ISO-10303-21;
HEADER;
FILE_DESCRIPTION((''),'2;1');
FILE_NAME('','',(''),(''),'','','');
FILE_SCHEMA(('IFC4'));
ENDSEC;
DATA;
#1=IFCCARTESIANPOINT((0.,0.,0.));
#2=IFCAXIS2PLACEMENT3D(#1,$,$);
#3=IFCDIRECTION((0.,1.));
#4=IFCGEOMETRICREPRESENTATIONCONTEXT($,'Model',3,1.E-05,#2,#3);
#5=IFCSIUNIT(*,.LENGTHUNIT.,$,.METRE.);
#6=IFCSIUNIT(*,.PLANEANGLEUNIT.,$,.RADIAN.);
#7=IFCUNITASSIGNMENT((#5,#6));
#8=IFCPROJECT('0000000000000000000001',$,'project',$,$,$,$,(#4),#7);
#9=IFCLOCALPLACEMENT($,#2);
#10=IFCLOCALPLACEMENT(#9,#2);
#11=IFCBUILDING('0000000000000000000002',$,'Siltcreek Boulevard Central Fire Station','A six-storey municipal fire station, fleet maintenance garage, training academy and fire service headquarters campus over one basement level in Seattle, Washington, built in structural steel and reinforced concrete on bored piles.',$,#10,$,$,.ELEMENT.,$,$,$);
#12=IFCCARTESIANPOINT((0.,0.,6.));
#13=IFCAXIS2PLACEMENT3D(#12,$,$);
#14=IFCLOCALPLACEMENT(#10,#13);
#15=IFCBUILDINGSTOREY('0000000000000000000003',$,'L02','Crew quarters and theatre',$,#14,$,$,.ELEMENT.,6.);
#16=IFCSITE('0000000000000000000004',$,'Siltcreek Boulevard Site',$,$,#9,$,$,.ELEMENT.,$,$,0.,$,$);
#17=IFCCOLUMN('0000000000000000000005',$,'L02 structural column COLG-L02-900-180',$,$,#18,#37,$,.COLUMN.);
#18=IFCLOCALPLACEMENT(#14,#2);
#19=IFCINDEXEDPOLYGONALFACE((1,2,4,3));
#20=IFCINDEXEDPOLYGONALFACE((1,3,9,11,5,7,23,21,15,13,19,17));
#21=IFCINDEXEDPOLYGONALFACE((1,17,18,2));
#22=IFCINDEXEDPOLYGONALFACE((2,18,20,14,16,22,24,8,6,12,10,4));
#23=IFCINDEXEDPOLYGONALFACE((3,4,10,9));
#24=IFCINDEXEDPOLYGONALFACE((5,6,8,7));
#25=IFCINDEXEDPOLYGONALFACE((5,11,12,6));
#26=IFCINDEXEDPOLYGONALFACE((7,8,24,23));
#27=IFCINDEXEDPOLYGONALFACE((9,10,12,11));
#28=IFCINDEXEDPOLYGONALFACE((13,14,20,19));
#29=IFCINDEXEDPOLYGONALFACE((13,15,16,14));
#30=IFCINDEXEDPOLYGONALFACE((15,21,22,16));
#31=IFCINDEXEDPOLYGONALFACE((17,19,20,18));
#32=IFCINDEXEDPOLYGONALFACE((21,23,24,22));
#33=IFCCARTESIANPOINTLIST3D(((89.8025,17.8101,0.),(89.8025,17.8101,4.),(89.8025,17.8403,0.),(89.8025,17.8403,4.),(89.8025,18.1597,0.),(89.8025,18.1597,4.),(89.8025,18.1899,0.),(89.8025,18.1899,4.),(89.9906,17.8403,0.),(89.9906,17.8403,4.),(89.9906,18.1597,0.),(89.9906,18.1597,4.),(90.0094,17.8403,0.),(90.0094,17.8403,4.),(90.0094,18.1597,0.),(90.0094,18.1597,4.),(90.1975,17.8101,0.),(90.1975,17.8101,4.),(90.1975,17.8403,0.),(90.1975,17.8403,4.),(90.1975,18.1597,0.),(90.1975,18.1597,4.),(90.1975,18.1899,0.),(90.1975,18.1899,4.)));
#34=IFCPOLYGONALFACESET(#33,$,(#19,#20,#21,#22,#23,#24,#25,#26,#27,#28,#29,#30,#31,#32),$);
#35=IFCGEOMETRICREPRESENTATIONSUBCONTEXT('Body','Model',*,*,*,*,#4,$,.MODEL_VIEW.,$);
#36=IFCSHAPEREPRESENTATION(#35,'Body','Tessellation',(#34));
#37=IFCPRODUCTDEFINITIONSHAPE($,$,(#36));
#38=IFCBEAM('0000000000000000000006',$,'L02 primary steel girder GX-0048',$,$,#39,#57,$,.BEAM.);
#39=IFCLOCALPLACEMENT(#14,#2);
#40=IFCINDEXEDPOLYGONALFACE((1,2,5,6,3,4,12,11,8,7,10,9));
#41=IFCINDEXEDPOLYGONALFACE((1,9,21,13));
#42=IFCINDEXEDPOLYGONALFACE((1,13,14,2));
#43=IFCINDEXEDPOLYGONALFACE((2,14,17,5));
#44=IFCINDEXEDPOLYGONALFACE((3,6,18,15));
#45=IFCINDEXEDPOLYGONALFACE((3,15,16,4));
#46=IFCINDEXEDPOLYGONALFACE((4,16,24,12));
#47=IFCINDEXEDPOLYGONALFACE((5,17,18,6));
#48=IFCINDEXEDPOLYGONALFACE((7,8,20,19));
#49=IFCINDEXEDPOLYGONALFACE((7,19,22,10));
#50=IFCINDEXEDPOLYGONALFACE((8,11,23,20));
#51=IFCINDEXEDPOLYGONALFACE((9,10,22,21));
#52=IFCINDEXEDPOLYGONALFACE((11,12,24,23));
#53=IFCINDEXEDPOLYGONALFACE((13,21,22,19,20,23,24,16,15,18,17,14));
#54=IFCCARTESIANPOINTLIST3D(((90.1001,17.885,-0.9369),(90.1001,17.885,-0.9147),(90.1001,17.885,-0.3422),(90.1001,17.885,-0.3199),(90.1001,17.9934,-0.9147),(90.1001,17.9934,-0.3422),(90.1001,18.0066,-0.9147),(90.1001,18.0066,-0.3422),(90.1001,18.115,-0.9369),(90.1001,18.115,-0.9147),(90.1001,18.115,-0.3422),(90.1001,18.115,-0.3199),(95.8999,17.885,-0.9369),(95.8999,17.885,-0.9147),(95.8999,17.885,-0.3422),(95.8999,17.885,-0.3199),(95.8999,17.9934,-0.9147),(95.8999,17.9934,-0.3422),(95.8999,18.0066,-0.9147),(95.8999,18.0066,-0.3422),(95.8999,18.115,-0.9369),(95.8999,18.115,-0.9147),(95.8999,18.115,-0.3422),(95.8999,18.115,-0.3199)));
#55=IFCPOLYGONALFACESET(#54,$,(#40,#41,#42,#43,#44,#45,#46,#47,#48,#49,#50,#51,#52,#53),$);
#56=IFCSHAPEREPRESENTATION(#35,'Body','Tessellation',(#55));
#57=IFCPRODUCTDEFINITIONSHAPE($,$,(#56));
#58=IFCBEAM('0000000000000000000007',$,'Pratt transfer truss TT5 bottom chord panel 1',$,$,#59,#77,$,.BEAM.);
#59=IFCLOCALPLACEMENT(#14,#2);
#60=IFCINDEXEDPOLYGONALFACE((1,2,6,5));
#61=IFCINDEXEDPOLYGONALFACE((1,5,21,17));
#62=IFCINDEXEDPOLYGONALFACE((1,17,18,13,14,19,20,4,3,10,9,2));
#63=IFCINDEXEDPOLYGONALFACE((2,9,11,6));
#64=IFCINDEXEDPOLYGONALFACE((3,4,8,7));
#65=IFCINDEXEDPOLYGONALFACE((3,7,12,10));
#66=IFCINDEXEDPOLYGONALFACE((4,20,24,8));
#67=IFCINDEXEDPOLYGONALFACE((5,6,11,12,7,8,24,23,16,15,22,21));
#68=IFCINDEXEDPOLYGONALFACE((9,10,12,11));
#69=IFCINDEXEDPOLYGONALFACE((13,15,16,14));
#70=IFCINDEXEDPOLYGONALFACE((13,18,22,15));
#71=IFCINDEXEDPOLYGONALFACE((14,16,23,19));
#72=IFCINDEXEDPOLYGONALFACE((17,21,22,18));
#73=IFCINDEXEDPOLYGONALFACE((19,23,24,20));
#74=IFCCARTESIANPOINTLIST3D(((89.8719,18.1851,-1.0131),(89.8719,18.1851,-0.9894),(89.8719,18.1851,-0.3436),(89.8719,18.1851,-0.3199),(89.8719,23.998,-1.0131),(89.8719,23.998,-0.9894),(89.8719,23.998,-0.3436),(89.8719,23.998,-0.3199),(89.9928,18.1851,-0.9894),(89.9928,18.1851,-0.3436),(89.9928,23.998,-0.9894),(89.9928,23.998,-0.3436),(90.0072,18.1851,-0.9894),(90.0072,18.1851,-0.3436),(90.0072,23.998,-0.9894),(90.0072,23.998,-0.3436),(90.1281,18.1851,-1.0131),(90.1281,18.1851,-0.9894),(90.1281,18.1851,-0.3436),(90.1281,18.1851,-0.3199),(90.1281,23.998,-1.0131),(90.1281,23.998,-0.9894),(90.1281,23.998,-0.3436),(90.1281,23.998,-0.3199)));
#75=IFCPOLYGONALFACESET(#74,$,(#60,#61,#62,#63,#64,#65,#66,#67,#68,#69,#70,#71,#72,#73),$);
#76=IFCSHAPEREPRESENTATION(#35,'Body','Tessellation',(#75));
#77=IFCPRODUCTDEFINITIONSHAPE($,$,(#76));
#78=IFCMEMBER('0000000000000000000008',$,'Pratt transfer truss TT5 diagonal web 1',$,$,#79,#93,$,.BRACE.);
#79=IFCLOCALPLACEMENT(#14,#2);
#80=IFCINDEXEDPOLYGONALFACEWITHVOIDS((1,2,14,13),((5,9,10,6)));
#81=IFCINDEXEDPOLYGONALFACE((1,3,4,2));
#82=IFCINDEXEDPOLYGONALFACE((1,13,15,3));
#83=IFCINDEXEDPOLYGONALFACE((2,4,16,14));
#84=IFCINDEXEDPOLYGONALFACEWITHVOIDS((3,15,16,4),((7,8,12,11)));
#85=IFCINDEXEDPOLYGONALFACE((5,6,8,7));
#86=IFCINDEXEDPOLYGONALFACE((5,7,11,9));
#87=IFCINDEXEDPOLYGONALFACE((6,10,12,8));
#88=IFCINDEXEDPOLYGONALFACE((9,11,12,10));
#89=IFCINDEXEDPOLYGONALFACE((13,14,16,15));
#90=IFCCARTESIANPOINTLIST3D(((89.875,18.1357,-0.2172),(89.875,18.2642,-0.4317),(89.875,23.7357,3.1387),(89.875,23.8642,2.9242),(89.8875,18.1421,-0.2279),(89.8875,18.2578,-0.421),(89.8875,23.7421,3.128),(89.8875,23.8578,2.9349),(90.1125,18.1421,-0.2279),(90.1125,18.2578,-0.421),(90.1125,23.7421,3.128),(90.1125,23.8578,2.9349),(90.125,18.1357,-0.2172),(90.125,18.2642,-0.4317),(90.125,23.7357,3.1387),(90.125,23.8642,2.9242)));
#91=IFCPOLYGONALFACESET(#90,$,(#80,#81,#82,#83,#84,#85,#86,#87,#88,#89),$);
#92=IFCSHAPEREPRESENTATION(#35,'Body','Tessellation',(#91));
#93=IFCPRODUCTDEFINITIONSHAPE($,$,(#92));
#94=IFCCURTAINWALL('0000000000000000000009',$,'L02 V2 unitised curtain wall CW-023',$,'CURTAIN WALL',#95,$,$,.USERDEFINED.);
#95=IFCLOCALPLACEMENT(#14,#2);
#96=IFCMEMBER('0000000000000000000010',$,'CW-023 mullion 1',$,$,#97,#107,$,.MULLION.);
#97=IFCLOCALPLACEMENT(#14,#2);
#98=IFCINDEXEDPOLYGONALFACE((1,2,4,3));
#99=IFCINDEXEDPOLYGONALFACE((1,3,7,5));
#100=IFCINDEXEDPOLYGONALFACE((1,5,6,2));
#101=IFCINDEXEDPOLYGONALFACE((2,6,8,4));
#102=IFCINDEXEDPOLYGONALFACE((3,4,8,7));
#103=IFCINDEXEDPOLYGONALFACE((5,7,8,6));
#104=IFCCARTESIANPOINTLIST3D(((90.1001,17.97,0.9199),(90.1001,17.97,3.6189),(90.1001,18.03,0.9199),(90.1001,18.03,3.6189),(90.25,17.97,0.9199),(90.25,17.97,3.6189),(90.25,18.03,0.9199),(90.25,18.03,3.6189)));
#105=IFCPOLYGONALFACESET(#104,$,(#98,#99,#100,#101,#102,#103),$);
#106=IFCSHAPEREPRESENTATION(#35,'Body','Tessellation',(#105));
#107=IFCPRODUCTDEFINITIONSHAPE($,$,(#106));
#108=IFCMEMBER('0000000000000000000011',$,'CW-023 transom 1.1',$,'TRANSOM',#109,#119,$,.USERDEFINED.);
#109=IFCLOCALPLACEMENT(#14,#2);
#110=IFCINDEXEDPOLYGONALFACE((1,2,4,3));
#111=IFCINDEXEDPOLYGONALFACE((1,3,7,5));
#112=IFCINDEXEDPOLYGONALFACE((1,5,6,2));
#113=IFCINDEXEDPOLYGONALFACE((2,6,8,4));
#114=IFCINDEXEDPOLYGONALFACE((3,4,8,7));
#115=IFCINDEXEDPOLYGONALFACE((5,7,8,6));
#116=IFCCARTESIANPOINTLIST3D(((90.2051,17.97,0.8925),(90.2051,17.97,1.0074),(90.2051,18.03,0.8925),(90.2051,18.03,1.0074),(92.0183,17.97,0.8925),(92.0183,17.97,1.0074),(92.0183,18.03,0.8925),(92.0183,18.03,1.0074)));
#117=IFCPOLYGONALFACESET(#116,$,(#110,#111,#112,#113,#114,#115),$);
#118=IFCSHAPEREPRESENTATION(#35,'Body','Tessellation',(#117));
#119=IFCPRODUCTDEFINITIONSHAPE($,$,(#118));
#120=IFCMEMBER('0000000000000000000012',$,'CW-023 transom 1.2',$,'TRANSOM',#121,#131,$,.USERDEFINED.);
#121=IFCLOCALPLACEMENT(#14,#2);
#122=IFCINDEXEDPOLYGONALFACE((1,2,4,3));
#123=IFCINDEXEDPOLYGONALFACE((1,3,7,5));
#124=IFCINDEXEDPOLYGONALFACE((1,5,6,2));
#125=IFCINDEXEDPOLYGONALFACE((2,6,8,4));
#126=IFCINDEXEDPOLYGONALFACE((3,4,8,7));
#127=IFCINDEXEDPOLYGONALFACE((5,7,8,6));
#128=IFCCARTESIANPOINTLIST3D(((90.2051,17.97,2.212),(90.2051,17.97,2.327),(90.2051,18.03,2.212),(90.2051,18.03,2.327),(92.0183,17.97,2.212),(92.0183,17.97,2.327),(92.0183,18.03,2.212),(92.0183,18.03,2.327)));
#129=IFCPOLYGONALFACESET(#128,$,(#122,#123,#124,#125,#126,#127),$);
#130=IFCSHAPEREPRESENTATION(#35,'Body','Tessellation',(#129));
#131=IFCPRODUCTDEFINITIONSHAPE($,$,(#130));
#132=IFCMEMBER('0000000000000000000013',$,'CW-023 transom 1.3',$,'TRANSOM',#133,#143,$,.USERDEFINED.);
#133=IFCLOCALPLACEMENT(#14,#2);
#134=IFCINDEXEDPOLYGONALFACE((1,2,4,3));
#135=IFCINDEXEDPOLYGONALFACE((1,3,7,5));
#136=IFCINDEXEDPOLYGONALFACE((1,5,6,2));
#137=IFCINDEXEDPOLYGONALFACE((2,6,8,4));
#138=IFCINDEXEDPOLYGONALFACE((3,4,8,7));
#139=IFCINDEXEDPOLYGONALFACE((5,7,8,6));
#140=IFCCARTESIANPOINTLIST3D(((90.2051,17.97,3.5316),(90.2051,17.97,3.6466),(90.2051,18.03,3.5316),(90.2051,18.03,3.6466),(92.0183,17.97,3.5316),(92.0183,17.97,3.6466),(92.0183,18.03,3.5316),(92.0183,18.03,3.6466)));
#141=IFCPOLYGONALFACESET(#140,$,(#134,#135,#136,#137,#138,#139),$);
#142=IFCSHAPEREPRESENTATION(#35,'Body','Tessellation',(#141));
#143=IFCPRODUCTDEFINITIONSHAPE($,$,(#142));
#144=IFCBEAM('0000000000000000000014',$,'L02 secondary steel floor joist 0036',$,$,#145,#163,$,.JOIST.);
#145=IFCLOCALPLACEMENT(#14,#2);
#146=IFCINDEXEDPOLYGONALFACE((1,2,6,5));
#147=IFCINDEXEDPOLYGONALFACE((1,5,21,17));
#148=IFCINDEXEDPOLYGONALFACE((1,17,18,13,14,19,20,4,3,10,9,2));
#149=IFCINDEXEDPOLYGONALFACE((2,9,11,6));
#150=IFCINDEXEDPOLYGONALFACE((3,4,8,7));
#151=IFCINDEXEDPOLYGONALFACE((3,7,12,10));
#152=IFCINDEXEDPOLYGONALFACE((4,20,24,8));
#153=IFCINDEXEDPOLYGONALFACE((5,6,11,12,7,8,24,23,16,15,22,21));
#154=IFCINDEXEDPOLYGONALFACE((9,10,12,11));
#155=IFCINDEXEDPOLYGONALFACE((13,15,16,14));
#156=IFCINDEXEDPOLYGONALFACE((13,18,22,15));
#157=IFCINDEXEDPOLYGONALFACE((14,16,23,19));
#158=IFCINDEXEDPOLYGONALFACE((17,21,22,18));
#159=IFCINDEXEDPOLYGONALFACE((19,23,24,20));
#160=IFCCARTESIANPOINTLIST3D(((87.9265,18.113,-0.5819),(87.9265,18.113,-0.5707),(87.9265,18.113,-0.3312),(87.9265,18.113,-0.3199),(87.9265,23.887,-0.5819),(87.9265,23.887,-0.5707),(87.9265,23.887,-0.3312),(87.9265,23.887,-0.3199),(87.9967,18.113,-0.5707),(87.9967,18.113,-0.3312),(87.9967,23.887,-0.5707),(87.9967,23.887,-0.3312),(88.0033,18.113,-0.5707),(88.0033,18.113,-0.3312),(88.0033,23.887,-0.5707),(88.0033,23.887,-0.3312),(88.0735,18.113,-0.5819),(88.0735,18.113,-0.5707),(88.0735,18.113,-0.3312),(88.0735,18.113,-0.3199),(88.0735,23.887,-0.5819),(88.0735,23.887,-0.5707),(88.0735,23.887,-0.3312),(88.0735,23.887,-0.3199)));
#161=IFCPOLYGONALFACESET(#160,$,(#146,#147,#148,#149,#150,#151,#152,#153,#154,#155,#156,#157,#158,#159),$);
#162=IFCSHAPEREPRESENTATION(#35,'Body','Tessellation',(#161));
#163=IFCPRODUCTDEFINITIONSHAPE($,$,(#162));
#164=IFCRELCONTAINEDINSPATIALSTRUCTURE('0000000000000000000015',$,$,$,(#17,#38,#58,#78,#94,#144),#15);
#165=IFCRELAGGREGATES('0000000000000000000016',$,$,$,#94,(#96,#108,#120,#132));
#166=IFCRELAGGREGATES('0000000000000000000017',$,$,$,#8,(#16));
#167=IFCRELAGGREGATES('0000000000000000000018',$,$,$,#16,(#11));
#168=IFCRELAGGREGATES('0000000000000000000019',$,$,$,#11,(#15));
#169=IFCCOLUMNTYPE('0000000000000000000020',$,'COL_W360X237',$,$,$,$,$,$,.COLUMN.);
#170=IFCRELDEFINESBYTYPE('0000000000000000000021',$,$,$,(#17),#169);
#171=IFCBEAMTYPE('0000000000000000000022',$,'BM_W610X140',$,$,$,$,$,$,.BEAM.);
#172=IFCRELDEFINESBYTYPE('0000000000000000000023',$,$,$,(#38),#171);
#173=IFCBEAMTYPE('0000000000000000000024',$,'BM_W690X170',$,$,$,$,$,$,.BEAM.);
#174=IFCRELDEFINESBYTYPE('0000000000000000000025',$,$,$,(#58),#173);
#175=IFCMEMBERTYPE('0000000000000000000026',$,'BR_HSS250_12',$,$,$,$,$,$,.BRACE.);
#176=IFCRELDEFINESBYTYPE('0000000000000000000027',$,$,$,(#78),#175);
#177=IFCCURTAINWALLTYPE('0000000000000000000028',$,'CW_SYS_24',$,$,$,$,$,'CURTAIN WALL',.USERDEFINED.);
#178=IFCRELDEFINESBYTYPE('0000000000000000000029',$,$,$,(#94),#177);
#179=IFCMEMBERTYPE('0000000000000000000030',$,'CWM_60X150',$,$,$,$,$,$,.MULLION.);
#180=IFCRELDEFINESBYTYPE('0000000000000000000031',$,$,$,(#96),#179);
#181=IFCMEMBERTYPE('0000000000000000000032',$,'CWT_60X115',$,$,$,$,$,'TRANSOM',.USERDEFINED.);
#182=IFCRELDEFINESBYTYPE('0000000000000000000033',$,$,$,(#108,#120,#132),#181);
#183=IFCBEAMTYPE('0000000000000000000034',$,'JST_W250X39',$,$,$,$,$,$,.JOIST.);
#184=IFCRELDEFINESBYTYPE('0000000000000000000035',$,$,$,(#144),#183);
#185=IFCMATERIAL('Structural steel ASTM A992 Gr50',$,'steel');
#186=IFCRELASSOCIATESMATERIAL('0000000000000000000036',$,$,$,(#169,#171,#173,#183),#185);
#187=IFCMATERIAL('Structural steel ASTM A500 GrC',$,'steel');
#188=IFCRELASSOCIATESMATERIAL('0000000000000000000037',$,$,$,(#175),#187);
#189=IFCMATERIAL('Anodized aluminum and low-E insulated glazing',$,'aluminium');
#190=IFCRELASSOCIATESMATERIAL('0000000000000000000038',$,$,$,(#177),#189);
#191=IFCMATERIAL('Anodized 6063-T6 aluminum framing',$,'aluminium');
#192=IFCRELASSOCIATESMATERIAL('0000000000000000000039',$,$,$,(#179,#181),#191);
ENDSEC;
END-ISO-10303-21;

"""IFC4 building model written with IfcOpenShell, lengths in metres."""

from ifc_helpers import new_model, si_unit, direction, frame, origin, origin_2d, place, context, subcontext, project, spatial, rectangle, hollow_rectangle, i_section, extrude, material, material_profile, profile_set, type_object, element, aggregate, save


model = new_model("IFC4")

# Units and contexts
model_context = context("Model", 3, precision=1e-05, world=origin(), true_north=direction((0.0, 1.0)))
body_context = subcontext(model_context, "Body", "Model", "MODEL_VIEW")
ifc_project = project(units=[si_unit("LENGTHUNIT", "METRE"), si_unit("PLANEANGLEUNIT", "RADIAN")], contexts=[model_context])

# Site, building, storey
site_placement = place(None, origin())
site = spatial("IfcSite", under=ifc_project, at=site_placement, Name="Siltcreek Boulevard Site", CompositionType="ELEMENT", RefElevation=0.0)
building_placement = place(site_placement, origin())
building = spatial("IfcBuilding", under=site, at=building_placement, Name="Siltcreek Boulevard Central Fire Station", Description="A six-storey municipal fire station, fleet maintenance garage, training academy and fire service headquarters campus over one basement level in Seattle, Washington, built in structural steel and reinforced concrete on bored piles.", CompositionType="ELEMENT")
storey_placement = place(building_placement, frame((0.0, 0.0, 6.0)))
storey = spatial("IfcBuildingStorey", under=building, at=storey_placement, Name="L02", Description="Crew quarters and theatre", CompositionType="ELEMENT", Elevation=6.0)

# Column
ifc_material_1 = material(Name="Structural steel ASTM A992 Gr50", Category="steel")
ifc_material_profile_1 = material_profile(ifc_material_1, i_section(OverallWidth=0.395, OverallDepth=0.3799, WebThickness=0.0188, FlangeThickness=0.0303, at=origin_2d()), Name="W360X237")
ifc_profile_set_1 = profile_set([ifc_material_profile_1], Name="Structural steel ASTM A992 Gr50")
column_type = type_object("IfcColumnType", Name="COL_W360X237", PredefinedType="COLUMN", material=ifc_profile_set_1)
column_placement = place(storey_placement, frame((90.0, 18.0, 0.0), z_axis=(0.0, 0.0, 1.0), x_axis=(1.0, 0.0, 0.0)))
element("IfcColumn", 1, at=column_placement, inside=storey, type_object=column_type, Name="L02 structural column COLG-L02-900-180", PredefinedType="COLUMN", context=body_context, shape_type="SweptSolid", body=[
    extrude(i_section(OverallWidth=0.395, OverallDepth=0.3799, WebThickness=0.0188, FlangeThickness=0.0303, at=origin_2d()), origin(), (0.0, 0.0, 1.0), 4.0),
])

# Beams
ifc_material_profile_2 = material_profile(ifc_material_1, i_section(OverallWidth=0.23, OverallDepth=0.6169, WebThickness=0.0132, FlangeThickness=0.0222, at=origin_2d()), Name="W610X140")
ifc_profile_set_2 = profile_set([ifc_material_profile_2], Name="Structural steel ASTM A992 Gr50")
beam_type_1 = type_object("IfcBeamType", Name="BM_W610X140", PredefinedType="BEAM", material=ifc_profile_set_2)
beam_1_placement = place(storey_placement, frame((90.1001, 18.0, -0.6284), z_axis=(1.0, 0.0, 0.0), x_axis=(0.0, 1.0, 0.0)))
element("IfcBeam", 2, at=beam_1_placement, inside=storey, type_object=beam_type_1, Name="L02 primary steel girder GX-0048", PredefinedType="BEAM", context=body_context, shape_type="SweptSolid", body=[
    extrude(i_section(OverallWidth=0.23, OverallDepth=0.6169, WebThickness=0.0132, FlangeThickness=0.0222, at=origin_2d()), origin(), (0.0, 0.0, 1.0), 5.7998),
])
ifc_material_profile_3 = material_profile(ifc_material_1, i_section(OverallWidth=0.2561, OverallDepth=0.6931, WebThickness=0.0144, FlangeThickness=0.0237, at=origin_2d()), Name="W690X170")
ifc_profile_set_3 = profile_set([ifc_material_profile_3], Name="Structural steel ASTM A992 Gr50")
beam_type_2 = type_object("IfcBeamType", Name="BM_W690X170", PredefinedType="BEAM", material=ifc_profile_set_3)
beam_2_placement = place(storey_placement, frame((90.0, 18.1851, -0.6665), z_axis=(0.0, 1.0, 0.0), x_axis=(-1.0, 0.0, 0.0)))
element("IfcBeam", 3, at=beam_2_placement, inside=storey, type_object=beam_type_2, Name="Pratt transfer truss TT5 bottom chord panel 1", PredefinedType="BEAM", context=body_context, shape_type="SweptSolid", body=[
    extrude(i_section(OverallWidth=0.2561, OverallDepth=0.6931, WebThickness=0.0144, FlangeThickness=0.0237, at=origin_2d()), origin(), (0.0, 0.0, 1.0), 5.813),
])

# Member
ifc_material_2 = material(Name="Structural steel ASTM A500 GrC", Category="steel")
ifc_material_profile_4 = material_profile(ifc_material_2, hollow_rectangle(XDim=0.25, YDim=0.25, WallThickness=0.0125, at=origin_2d()), Name="HSS250X250X12.5")
ifc_profile_set_4 = profile_set([ifc_material_profile_4], Name="Structural steel ASTM A500 GrC")
member_type_1 = type_object("IfcMemberType", Name="BR_HSS250_12", PredefinedType="BRACE", material=ifc_profile_set_4)
member_1_placement = place(storey_placement, frame((90.0, 18.2, -0.3245), z_axis=(0.0, 0.85777, 0.514034), x_axis=(-1.0, 0.0, 0.0)))
element("IfcMember", 4, at=member_1_placement, inside=storey, type_object=member_type_1, Name="Pratt transfer truss TT5 diagonal web 1", PredefinedType="BRACE", context=body_context, shape_type="SweptSolid", body=[
    extrude(hollow_rectangle(XDim=0.25, YDim=0.25, WallThickness=0.0125, at=origin_2d()), origin(), (0.0, 0.0, 1.0), 6.5286),
])

# Curtain wall, members
ifc_material_3 = material(Name="Anodized aluminum and low-E insulated glazing", Category="aluminium")
curtain_wall_type = type_object("IfcCurtainWallType", Name="CW_SYS_24", ElementType="CURTAIN WALL", PredefinedType="USERDEFINED", material=ifc_material_3)
curtain_wall_placement = place(storey_placement, origin())
curtain_wall = element("IfcCurtainWall", 5, at=curtain_wall_placement, inside=storey, type_object=curtain_wall_type, Name="L02 V2 unitised curtain wall CW-023", ObjectType="CURTAIN WALL", PredefinedType="USERDEFINED")
ifc_material_4 = material(Name="Anodized 6063-T6 aluminum framing", Category="aluminium")
ifc_material_profile_5 = material_profile(ifc_material_4, rectangle(XDim=0.0601, YDim=0.1499, at=origin_2d()), Name="MULL60X150")
ifc_profile_set_5 = profile_set([ifc_material_profile_5], Name="Anodized 6063-T6 aluminum framing")
member_type_2 = type_object("IfcMemberType", Name="CWM_60X150", PredefinedType="MULLION", material=ifc_profile_set_5)
member_2_placement = place(storey_placement, frame((90.175, 18.0, 0.9199), z_axis=(0.0, 0.0, 1.0), x_axis=(0.0, 1.0, 0.0)))
member_2 = element("IfcMember", 6, at=member_2_placement, type_object=member_type_2, Name="CW-023 mullion 1", PredefinedType="MULLION", context=body_context, shape_type="SweptSolid", body=[
    extrude(rectangle(XDim=0.0601, YDim=0.1499, at=origin_2d()), origin(), (0.0, 0.0, 1.0), 2.699),
])
ifc_material_profile_6 = material_profile(ifc_material_4, rectangle(XDim=0.0601, YDim=0.115, at=origin_2d()), Name="TRAN60X115")
ifc_profile_set_6 = profile_set([ifc_material_profile_6], Name="Anodized 6063-T6 aluminum framing")
member_type_3 = type_object("IfcMemberType", Name="CWT_60X115", ElementType="TRANSOM", PredefinedType="USERDEFINED", material=ifc_profile_set_6)
member_3_placement = place(storey_placement, frame((90.2051, 18.0, 0.95), z_axis=(1.0, 0.0, 0.0), x_axis=(0.0, 1.0, 0.0)))
member_3 = element("IfcMember", 7, at=member_3_placement, type_object=member_type_3, Name="CW-023 transom 1.1", ObjectType="TRANSOM", PredefinedType="USERDEFINED", context=body_context, shape_type="SweptSolid", body=[
    extrude(rectangle(XDim=0.0601, YDim=0.115, at=origin_2d()), origin(), (0.0, 0.0, 1.0), 1.8132),
])
member_4_placement = place(storey_placement, frame((90.2051, 18.0, 2.2695), z_axis=(1.0, 0.0, 0.0), x_axis=(0.0, 1.0, 0.0)))
member_4 = element("IfcMember", 8, at=member_4_placement, type_object=member_type_3, Name="CW-023 transom 1.2", ObjectType="TRANSOM", PredefinedType="USERDEFINED", context=body_context, shape_type="SweptSolid", body=[
    extrude(rectangle(XDim=0.0601, YDim=0.115, at=origin_2d()), origin(), (0.0, 0.0, 1.0), 1.8132),
])
member_5_placement = place(storey_placement, frame((90.2051, 18.0, 3.5891), z_axis=(1.0, 0.0, 0.0), x_axis=(0.0, 1.0, 0.0)))
member_5 = element("IfcMember", 9, at=member_5_placement, type_object=member_type_3, Name="CW-023 transom 1.3", ObjectType="TRANSOM", PredefinedType="USERDEFINED", context=body_context, shape_type="SweptSolid", body=[
    extrude(rectangle(XDim=0.0601, YDim=0.115, at=origin_2d()), origin(), (0.0, 0.0, 1.0), 1.8132),
])

# Beam
ifc_material_profile_7 = material_profile(ifc_material_1, i_section(OverallWidth=0.147, OverallDepth=0.262, WebThickness=0.0066, FlangeThickness=0.0112, at=origin_2d()), Name="W250X39")
ifc_profile_set_7 = profile_set([ifc_material_profile_7], Name="Structural steel ASTM A992 Gr50")
beam_type_3 = type_object("IfcBeamType", Name="JST_W250X39", PredefinedType="JOIST", material=ifc_profile_set_7)
beam_3_placement = place(storey_placement, frame((88.0, 18.113, -0.4509), z_axis=(0.0, 1.0, 0.0), x_axis=(-1.0, 0.0, 0.0)))
element("IfcBeam", 10, at=beam_3_placement, inside=storey, type_object=beam_type_3, Name="L02 secondary steel floor joist 0036", PredefinedType="JOIST", context=body_context, shape_type="SweptSolid", body=[
    extrude(i_section(OverallWidth=0.147, OverallDepth=0.262, WebThickness=0.0066, FlangeThickness=0.0112, at=origin_2d()), origin(), (0.0, 0.0, 1.0), 5.7739),
])

aggregate(curtain_wall, [member_2, member_3, member_4, member_5])

save(model, "model.ifc")
